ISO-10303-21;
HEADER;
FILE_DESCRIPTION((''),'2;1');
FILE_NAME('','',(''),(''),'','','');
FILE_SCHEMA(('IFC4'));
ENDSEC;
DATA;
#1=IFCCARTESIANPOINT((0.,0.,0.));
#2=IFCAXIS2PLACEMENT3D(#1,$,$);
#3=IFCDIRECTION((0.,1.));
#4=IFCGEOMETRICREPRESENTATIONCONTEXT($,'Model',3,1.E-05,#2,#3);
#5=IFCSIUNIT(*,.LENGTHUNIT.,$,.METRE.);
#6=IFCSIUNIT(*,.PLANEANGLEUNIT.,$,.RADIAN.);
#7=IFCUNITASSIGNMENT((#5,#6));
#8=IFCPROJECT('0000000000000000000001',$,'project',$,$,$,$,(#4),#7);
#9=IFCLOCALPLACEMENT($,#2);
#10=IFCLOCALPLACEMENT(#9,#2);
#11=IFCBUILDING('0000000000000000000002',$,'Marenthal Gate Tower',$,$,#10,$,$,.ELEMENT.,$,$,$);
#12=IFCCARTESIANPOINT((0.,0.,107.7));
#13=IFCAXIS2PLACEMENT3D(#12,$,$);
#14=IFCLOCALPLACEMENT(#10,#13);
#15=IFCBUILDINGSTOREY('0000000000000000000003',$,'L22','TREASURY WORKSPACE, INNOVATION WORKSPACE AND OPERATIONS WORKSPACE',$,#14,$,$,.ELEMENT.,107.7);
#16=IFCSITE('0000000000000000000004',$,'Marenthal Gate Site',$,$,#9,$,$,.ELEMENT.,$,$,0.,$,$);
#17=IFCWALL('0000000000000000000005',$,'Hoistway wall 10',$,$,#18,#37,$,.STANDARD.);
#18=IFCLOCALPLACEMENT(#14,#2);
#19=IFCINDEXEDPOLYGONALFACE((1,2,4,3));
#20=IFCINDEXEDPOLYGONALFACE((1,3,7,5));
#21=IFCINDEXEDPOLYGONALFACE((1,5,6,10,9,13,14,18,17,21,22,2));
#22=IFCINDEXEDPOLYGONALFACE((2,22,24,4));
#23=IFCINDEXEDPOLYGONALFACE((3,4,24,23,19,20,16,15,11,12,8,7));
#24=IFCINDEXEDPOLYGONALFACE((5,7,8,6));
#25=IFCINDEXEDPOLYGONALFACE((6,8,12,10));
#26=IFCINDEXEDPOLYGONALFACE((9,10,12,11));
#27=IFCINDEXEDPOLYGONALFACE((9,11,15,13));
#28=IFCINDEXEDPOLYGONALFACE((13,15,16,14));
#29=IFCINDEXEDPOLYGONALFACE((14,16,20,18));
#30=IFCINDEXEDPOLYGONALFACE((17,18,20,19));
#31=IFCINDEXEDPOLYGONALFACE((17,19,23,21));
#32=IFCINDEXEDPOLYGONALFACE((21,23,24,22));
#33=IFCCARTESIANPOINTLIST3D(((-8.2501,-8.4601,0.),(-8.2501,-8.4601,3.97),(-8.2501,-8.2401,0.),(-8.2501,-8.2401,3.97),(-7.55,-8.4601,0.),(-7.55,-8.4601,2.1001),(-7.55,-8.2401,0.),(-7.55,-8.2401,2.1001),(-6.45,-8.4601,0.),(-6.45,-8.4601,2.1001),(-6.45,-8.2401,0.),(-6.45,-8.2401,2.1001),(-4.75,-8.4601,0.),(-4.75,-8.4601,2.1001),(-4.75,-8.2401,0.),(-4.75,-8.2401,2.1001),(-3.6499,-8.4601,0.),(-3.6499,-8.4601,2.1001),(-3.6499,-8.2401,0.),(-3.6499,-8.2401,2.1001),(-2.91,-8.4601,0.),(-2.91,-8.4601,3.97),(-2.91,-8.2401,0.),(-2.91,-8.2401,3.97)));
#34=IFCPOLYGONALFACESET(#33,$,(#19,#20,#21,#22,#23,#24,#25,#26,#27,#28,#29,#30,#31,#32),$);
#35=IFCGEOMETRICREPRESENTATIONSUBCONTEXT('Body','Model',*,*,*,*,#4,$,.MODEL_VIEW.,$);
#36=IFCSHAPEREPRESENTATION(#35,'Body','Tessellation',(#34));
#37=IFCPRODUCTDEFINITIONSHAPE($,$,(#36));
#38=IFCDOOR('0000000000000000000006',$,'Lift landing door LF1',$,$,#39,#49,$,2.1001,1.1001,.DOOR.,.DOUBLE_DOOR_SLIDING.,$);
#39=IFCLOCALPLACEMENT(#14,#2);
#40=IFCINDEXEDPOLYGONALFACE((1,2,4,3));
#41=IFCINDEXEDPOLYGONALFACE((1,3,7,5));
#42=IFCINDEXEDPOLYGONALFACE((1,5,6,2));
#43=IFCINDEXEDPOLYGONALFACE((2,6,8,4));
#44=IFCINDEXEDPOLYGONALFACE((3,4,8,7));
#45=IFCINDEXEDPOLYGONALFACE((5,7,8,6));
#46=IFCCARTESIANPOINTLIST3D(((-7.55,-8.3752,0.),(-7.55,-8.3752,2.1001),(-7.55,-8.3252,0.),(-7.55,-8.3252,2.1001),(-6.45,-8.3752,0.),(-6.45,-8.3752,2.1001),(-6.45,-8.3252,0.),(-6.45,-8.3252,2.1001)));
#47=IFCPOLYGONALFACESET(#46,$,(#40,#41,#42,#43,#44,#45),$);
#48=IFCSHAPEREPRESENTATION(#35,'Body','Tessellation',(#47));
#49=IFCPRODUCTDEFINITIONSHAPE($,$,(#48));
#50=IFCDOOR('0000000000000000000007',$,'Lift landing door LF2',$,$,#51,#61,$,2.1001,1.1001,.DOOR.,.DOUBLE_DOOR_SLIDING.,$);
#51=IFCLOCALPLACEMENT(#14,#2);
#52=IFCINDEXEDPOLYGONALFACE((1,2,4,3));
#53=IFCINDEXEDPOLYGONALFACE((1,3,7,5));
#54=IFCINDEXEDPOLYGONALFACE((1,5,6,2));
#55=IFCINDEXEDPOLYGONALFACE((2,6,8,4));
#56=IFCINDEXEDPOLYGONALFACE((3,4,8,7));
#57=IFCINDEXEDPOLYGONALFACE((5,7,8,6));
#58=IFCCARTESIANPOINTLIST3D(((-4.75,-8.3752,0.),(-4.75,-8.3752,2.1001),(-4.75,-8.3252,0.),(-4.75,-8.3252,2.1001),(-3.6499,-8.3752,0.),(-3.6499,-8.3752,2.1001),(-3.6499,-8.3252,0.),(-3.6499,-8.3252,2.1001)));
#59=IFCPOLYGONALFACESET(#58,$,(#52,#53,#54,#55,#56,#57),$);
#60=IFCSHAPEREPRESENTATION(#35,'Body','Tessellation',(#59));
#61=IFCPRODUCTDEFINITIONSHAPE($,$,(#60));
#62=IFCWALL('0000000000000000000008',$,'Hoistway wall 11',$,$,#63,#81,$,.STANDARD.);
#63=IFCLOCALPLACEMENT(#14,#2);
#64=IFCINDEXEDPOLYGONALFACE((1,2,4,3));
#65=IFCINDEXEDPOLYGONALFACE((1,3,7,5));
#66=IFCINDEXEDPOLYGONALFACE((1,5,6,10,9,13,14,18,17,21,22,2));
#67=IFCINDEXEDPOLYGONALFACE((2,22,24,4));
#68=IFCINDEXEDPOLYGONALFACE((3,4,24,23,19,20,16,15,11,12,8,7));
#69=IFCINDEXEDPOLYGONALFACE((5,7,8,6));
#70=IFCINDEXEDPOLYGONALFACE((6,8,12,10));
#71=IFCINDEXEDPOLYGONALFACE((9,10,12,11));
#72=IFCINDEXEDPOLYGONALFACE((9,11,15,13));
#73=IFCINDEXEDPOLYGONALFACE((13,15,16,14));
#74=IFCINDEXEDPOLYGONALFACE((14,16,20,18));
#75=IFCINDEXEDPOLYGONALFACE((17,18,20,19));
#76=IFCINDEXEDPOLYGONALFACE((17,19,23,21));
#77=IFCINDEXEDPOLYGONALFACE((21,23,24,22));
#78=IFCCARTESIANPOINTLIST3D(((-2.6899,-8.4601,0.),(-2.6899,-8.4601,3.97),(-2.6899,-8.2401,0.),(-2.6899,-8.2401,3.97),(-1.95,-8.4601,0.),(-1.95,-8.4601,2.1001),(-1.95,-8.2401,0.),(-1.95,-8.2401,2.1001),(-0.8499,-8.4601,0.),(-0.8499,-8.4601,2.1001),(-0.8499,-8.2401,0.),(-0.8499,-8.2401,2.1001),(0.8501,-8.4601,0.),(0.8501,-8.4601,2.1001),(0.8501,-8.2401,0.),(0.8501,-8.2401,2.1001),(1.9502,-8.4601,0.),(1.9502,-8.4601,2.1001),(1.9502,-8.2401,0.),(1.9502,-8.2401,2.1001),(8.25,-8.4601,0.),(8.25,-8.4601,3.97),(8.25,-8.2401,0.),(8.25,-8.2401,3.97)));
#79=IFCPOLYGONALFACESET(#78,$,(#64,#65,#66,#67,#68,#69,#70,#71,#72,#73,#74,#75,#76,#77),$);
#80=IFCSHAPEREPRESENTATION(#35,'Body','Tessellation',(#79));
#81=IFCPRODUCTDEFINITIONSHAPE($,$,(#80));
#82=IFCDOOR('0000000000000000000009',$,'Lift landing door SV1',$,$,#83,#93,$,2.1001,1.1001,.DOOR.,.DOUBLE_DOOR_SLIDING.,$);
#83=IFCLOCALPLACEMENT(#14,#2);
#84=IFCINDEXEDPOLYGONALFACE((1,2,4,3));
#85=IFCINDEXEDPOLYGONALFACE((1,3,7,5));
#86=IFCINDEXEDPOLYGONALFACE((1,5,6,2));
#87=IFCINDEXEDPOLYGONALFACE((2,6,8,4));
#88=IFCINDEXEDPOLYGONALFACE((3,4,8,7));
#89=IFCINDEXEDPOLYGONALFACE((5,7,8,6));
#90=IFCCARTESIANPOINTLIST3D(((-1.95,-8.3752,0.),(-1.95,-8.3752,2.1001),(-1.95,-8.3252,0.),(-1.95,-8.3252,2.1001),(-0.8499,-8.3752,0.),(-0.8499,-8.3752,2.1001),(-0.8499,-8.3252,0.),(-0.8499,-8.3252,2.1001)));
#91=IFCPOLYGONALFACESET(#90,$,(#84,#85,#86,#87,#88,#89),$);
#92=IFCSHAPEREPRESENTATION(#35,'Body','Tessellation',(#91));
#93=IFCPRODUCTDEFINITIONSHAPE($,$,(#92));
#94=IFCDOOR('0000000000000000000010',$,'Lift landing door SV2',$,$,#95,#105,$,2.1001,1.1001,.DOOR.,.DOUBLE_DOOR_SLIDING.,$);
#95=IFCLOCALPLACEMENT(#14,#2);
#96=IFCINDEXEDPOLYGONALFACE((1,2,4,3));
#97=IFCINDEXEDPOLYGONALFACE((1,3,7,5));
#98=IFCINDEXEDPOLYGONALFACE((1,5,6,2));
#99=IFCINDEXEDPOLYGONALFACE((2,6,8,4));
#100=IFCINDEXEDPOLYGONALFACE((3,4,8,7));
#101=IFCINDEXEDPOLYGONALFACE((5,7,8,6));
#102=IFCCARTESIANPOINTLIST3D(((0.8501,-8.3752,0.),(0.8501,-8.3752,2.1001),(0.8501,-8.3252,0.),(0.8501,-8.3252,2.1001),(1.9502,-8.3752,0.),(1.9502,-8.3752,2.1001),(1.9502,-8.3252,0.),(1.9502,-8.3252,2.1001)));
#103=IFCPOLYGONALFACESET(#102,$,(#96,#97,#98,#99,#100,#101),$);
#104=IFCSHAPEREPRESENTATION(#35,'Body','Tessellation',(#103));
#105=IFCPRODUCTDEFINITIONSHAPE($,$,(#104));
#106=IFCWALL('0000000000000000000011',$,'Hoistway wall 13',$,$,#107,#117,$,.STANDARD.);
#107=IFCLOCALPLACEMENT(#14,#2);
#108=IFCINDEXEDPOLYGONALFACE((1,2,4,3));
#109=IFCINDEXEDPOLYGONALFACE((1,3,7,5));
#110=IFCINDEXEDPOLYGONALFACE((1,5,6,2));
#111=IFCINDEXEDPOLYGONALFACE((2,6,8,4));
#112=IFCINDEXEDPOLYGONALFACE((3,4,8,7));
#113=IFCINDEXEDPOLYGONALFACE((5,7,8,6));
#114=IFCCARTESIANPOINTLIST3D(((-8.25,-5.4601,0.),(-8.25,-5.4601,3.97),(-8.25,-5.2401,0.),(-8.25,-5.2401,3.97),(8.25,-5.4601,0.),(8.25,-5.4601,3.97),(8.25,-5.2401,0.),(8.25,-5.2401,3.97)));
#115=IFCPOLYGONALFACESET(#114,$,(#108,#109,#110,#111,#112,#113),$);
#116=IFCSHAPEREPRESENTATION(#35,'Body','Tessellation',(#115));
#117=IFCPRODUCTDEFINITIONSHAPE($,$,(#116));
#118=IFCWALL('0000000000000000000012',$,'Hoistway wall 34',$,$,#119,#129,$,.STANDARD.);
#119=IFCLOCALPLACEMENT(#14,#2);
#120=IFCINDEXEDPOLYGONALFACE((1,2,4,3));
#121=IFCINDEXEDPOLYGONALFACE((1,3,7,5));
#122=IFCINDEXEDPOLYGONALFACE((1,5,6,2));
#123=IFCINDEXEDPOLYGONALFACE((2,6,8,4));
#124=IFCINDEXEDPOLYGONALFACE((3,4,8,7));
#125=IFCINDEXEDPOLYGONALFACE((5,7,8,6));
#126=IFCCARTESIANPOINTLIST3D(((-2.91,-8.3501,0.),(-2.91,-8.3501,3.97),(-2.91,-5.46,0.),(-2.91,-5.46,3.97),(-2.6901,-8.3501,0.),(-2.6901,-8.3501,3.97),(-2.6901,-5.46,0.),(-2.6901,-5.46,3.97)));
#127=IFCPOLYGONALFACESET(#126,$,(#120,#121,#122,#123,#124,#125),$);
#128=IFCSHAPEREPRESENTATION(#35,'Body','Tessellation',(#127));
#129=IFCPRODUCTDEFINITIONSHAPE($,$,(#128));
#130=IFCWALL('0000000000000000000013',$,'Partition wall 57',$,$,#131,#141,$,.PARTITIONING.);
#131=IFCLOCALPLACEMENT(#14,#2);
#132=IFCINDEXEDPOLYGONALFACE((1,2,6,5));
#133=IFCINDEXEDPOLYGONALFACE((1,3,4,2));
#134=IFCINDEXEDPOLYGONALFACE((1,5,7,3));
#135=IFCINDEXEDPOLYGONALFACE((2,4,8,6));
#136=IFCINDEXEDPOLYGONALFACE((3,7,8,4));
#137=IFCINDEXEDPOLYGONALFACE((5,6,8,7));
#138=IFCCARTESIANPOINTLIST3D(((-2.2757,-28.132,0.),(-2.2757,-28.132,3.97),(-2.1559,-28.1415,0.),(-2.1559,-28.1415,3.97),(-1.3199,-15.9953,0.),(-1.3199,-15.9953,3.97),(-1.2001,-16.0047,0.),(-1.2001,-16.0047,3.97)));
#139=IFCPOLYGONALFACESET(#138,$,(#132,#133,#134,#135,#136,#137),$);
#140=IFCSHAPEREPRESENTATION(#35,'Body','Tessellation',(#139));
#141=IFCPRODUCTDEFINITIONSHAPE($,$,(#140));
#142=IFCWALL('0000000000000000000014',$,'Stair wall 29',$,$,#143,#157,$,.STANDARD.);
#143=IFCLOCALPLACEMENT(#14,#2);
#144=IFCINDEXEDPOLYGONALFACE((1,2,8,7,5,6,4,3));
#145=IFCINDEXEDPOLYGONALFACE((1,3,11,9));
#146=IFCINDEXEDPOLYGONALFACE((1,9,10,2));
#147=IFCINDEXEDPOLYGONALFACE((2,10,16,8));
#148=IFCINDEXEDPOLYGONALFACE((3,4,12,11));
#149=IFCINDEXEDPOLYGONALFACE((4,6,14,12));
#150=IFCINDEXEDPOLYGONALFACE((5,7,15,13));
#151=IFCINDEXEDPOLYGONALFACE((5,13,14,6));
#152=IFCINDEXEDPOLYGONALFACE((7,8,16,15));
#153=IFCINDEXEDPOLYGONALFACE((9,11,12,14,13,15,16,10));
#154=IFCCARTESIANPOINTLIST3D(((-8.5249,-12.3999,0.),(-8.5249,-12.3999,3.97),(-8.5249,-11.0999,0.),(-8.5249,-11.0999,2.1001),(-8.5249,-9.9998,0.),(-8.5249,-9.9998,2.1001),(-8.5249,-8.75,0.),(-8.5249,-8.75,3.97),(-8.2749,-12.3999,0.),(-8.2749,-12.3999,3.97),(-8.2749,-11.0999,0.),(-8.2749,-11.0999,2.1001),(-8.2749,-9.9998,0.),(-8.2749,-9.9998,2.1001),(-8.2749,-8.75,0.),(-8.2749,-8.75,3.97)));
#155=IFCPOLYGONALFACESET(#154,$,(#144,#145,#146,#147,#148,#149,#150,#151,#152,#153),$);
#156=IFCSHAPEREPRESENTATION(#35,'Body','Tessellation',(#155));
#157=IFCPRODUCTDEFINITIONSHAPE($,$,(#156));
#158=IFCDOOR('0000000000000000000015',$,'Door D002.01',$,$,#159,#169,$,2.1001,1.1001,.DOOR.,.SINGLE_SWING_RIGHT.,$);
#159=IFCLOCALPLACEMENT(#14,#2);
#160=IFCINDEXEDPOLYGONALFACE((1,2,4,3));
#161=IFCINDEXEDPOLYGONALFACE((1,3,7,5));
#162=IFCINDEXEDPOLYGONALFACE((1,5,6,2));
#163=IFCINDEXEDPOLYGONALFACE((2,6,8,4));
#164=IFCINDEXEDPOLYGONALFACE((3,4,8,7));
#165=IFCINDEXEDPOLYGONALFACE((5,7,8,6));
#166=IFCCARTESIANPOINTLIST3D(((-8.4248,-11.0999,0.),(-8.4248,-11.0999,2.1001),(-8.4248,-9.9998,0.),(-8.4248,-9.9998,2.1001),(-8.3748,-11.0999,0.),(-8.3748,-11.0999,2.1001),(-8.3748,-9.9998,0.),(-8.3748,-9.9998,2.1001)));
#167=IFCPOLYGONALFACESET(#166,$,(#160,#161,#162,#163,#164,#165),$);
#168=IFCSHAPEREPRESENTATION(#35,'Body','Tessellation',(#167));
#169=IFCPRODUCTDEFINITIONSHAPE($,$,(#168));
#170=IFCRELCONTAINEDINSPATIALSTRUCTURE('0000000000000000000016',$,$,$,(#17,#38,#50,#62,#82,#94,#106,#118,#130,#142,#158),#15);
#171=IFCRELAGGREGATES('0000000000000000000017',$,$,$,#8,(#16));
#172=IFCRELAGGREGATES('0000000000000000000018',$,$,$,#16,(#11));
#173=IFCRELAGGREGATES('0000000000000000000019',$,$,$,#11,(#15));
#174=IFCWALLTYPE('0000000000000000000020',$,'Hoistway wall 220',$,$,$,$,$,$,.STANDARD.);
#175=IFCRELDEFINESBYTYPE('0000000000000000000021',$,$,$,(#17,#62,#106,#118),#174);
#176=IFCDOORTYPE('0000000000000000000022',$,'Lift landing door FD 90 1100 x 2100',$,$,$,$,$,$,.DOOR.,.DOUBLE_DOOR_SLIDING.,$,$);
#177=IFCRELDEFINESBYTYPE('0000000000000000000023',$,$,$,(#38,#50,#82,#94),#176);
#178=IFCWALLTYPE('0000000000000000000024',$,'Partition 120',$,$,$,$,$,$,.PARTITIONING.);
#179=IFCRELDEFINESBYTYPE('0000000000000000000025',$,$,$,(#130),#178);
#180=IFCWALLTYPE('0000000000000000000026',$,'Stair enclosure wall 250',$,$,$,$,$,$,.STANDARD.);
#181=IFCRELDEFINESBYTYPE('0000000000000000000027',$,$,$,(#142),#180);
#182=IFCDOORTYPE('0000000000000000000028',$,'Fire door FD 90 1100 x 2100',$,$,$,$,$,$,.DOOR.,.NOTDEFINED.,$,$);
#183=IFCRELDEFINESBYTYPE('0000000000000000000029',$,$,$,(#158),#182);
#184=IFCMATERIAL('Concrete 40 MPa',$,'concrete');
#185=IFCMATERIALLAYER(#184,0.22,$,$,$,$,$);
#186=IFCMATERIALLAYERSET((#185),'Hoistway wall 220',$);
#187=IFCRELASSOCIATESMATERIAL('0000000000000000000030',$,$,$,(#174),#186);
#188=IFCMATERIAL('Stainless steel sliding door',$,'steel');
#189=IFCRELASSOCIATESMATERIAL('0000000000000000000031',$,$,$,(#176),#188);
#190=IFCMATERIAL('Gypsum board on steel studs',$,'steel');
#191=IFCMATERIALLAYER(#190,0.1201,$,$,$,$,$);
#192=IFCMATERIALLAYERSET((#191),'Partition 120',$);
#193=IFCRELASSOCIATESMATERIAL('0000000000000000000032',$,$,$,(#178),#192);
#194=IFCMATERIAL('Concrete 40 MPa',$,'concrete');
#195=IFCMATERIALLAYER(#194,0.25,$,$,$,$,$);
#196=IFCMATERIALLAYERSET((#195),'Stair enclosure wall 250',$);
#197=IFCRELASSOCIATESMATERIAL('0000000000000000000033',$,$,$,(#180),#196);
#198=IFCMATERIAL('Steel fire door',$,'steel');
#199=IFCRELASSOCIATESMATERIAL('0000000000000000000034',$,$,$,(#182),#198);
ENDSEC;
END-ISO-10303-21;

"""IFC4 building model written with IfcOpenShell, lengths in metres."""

from ifc_helpers import new_model, si_unit, direction, frame, frame_2d, origin, place, context, subcontext, project, spatial, rectangle, extrude, material, layer, layer_set, type_object, element, fill, save


model = new_model("IFC4")

# Units and contexts
model_context = context("Model", 3, precision=1e-05, world=origin(), true_north=direction((0.0, 1.0)))
body_context = subcontext(model_context, "Body", "Model", "MODEL_VIEW")
ifc_project = project(units=[si_unit("LENGTHUNIT", "METRE"), si_unit("PLANEANGLEUNIT", "RADIAN")], contexts=[model_context])

# Site, building, storey
site_placement = place(None, origin())
site = spatial("IfcSite", under=ifc_project, at=site_placement, Name="Marenthal Gate Site", CompositionType="ELEMENT", RefElevation=0.0)
building_placement = place(site_placement, origin())
building = spatial("IfcBuilding", under=site, at=building_placement, Name="Marenthal Gate Tower", CompositionType="ELEMENT")
storey_placement = place(building_placement, frame((0.0, 0.0, 107.7)))
storey = spatial("IfcBuildingStorey", under=building, at=storey_placement, Name="L22", Description="TREASURY WORKSPACE, INNOVATION WORKSPACE AND OPERATIONS WORKSPACE", CompositionType="ELEMENT", Elevation=107.7)

# Walls, openings, doors
ifc_material_1 = material(Name="Concrete 40 MPa", Category="concrete")
ifc_layer_1 = layer(ifc_material_1, 0.22)
ifc_layer_set_1 = layer_set([ifc_layer_1], Name="Hoistway wall 220")
wall_type_1 = type_object("IfcWallType", Name="Hoistway wall 220", PredefinedType="STANDARD", material=ifc_layer_set_1)
wall_1_placement = place(storey_placement, frame((-8.25, -8.3501, 0.0), z_axis=(0.0, 0.0, 1.0), x_axis=(1.0, 0.0, 0.0)))
wall_1 = element("IfcWall", 1, at=wall_1_placement, inside=storey, type_object=wall_type_1, Name="Hoistway wall 10", PredefinedType="STANDARD", context=body_context, shape_type="SweptSolid", body=[
    extrude(rectangle(XDim=5.3401, YDim=0.22, at=frame_2d((2.6699, 0.0))), origin(), (0.0, 0.0, 1.0), 3.97),
])
opening_1_placement = place(wall_1_placement, frame((0.7, 0.0, 0.0)))
opening_1 = element("IfcOpeningElement", 2, at=opening_1_placement, cuts=wall_1, PredefinedType="OPENING", context=body_context, shape_type="SweptSolid", body=[
    extrude(rectangle(XDim=1.1001, YDim=2.1001, at=frame_2d((0.55, 1.05))), frame((0.0, 0.1201, 0.0), z_axis=(0.0, -1.0, 0.0), x_axis=(1.0, 0.0, 0.0)), (0.0, 0.0, 1.0), 0.24),
])
opening_2_placement = place(wall_1_placement, frame((3.5, 0.0, 0.0)))
opening_2 = element("IfcOpeningElement", 3, at=opening_2_placement, cuts=wall_1, PredefinedType="OPENING", context=body_context, shape_type="SweptSolid", body=[
    extrude(rectangle(XDim=1.1001, YDim=2.1001, at=frame_2d((0.55, 1.05))), frame((0.0, 0.1201, 0.0), z_axis=(0.0, -1.0, 0.0), x_axis=(1.0, 0.0, 0.0)), (0.0, 0.0, 1.0), 0.24),
])
ifc_material_2 = material(Name="Stainless steel sliding door", Category="steel")
door_type_1 = type_object("IfcDoorType", Name="Lift landing door FD 90 1100 x 2100", OperationType="DOUBLE_DOOR_SLIDING", PredefinedType="DOOR", material=ifc_material_2)
door_1_placement = place(opening_1_placement, origin())
door_1 = element("IfcDoor", 4, at=door_1_placement, inside=storey, type_object=door_type_1, Name="Lift landing door LF1", OperationType="DOUBLE_DOOR_SLIDING", OverallHeight=2.1001, OverallWidth=1.1001, PredefinedType="DOOR", context=body_context, shape_type="SweptSolid", body=[
    extrude(rectangle(XDim=1.1001, YDim=2.1001, at=frame_2d((0.55, 1.05))), frame((0.0, 0.0249, 0.0), z_axis=(0.0, -1.0, 0.0), x_axis=(1.0, 0.0, 0.0)), (0.0, 0.0, 1.0), 0.05),
])
fill(opening_1, door_1)
door_2_placement = place(opening_2_placement, origin())
door_2 = element("IfcDoor", 5, at=door_2_placement, inside=storey, type_object=door_type_1, Name="Lift landing door LF2", OperationType="DOUBLE_DOOR_SLIDING", OverallHeight=2.1001, OverallWidth=1.1001, PredefinedType="DOOR", context=body_context, shape_type="SweptSolid", body=[
    extrude(rectangle(XDim=1.1001, YDim=2.1001, at=frame_2d((0.55, 1.05))), frame((0.0, 0.0249, 0.0), z_axis=(0.0, -1.0, 0.0), x_axis=(1.0, 0.0, 0.0)), (0.0, 0.0, 1.0), 0.05),
])
fill(opening_2, door_2)
wall_2_placement = place(storey_placement, frame((-2.6899, -8.3501, 0.0), z_axis=(0.0, 0.0, 1.0), x_axis=(1.0, 0.0, 0.0)))
wall_2 = element("IfcWall", 6, at=wall_2_placement, inside=storey, type_object=wall_type_1, Name="Hoistway wall 11", PredefinedType="STANDARD", context=body_context, shape_type="SweptSolid", body=[
    extrude(rectangle(XDim=10.9399, YDim=0.22, at=frame_2d((5.47, 0.0))), origin(), (0.0, 0.0, 1.0), 3.97),
])
opening_3_placement = place(wall_2_placement, frame((0.74, 0.0, 0.0)))
opening_3 = element("IfcOpeningElement", 7, at=opening_3_placement, cuts=wall_2, PredefinedType="OPENING", context=body_context, shape_type="SweptSolid", body=[
    extrude(rectangle(XDim=1.1001, YDim=2.1001, at=frame_2d((0.55, 1.05))), frame((0.0, 0.1201, 0.0), z_axis=(0.0, -1.0, 0.0), x_axis=(1.0, 0.0, 0.0)), (0.0, 0.0, 1.0), 0.24),
])
opening_4_placement = place(wall_2_placement, frame((3.54, 0.0, 0.0)))
opening_4 = element("IfcOpeningElement", 8, at=opening_4_placement, cuts=wall_2, PredefinedType="OPENING", context=body_context, shape_type="SweptSolid", body=[
    extrude(rectangle(XDim=1.1001, YDim=2.1001, at=frame_2d((0.55, 1.05))), frame((0.0, 0.1201, 0.0), z_axis=(0.0, -1.0, 0.0), x_axis=(1.0, 0.0, 0.0)), (0.0, 0.0, 1.0), 0.24),
])
door_3_placement = place(opening_3_placement, origin())
door_3 = element("IfcDoor", 9, at=door_3_placement, inside=storey, type_object=door_type_1, Name="Lift landing door SV1", OperationType="DOUBLE_DOOR_SLIDING", OverallHeight=2.1001, OverallWidth=1.1001, PredefinedType="DOOR", context=body_context, shape_type="SweptSolid", body=[
    extrude(rectangle(XDim=1.1001, YDim=2.1001, at=frame_2d((0.55, 1.05))), frame((0.0, 0.0249, 0.0), z_axis=(0.0, -1.0, 0.0), x_axis=(1.0, 0.0, 0.0)), (0.0, 0.0, 1.0), 0.05),
])
fill(opening_3, door_3)
door_4_placement = place(opening_4_placement, origin())
door_4 = element("IfcDoor", 10, at=door_4_placement, inside=storey, type_object=door_type_1, Name="Lift landing door SV2", OperationType="DOUBLE_DOOR_SLIDING", OverallHeight=2.1001, OverallWidth=1.1001, PredefinedType="DOOR", context=body_context, shape_type="SweptSolid", body=[
    extrude(rectangle(XDim=1.1001, YDim=2.1001, at=frame_2d((0.55, 1.05))), frame((0.0, 0.0249, 0.0), z_axis=(0.0, -1.0, 0.0), x_axis=(1.0, 0.0, 0.0)), (0.0, 0.0, 1.0), 0.05),
])
fill(opening_4, door_4)

# Walls
wall_3_placement = place(storey_placement, frame((-8.25, -5.3501, 0.0), z_axis=(0.0, 0.0, 1.0), x_axis=(1.0, 0.0, 0.0)))
element("IfcWall", 11, at=wall_3_placement, inside=storey, type_object=wall_type_1, Name="Hoistway wall 13", PredefinedType="STANDARD", context=body_context, shape_type="SweptSolid", body=[
    extrude(rectangle(XDim=16.5, YDim=0.22, at=frame_2d((8.25, 0.0))), origin(), (0.0, 0.0, 1.0), 3.97),
])
wall_4_placement = place(storey_placement, frame((-2.8, -8.3501, 0.0), z_axis=(0.0, 0.0, 1.0), x_axis=(0.0, 1.0, 0.0)))
element("IfcWall", 12, at=wall_4_placement, inside=storey, type_object=wall_type_1, Name="Hoistway wall 34", PredefinedType="STANDARD", context=body_context, shape_type="SweptSolid", body=[
    extrude(rectangle(XDim=2.8901, YDim=0.22, at=frame_2d((1.4451, 0.0))), origin(), (0.0, 0.0, 1.0), 3.97),
])
ifc_material_3 = material(Name="Gypsum board on steel studs", Category="steel")
ifc_layer_2 = layer(ifc_material_3, 0.1201)
ifc_layer_set_2 = layer_set([ifc_layer_2], Name="Partition 120")
wall_type_2 = type_object("IfcWallType", Name="Partition 120", PredefinedType="PARTITIONING", material=ifc_layer_set_2)
wall_5_placement = place(storey_placement, frame((-1.26, -16.0, 0.0), z_axis=(0.0, 0.0, 1.0), x_axis=(-0.078511, -0.996913, 0.0)))
element("IfcWall", 13, at=wall_5_placement, inside=storey, type_object=wall_type_2, Name="Partition wall 57", PredefinedType="PARTITIONING", context=body_context, shape_type="SweptSolid", body=[
    extrude(rectangle(XDim=12.1743, YDim=0.1201, at=frame_2d((6.0872, 0.0))), origin(), (0.0, 0.0, 1.0), 3.97),
])

# Wall, opening, door
ifc_material_4 = material(Name="Concrete 40 MPa", Category="concrete")
ifc_layer_3 = layer(ifc_material_4, 0.25)
ifc_layer_set_3 = layer_set([ifc_layer_3], Name="Stair enclosure wall 250")
wall_type_3 = type_object("IfcWallType", Name="Stair enclosure wall 250", PredefinedType="STANDARD", material=ifc_layer_set_3)
wall_6_placement = place(storey_placement, frame((-8.3999, -12.3999, 0.0), z_axis=(0.0, 0.0, 1.0), x_axis=(0.0, 1.0, 0.0)))
wall_6 = element("IfcWall", 14, at=wall_6_placement, inside=storey, type_object=wall_type_3, Name="Stair wall 29", PredefinedType="STANDARD", context=body_context, shape_type="SweptSolid", body=[
    extrude(rectangle(XDim=3.6499, YDim=0.25, at=frame_2d((1.825, 0.0))), origin(), (0.0, 0.0, 1.0), 3.97),
])
opening_5_placement = place(wall_6_placement, frame((1.3, 0.0, 0.0)))
opening_5 = element("IfcOpeningElement", 15, at=opening_5_placement, cuts=wall_6, PredefinedType="OPENING", context=body_context, shape_type="SweptSolid", body=[
    extrude(rectangle(XDim=1.1001, YDim=2.1001, at=frame_2d((0.55, 1.05))), frame((0.0, 0.135, 0.0), z_axis=(0.0, -1.0, 0.0), x_axis=(1.0, 0.0, 0.0)), (0.0, 0.0, 1.0), 0.27),
])
ifc_material_5 = material(Name="Steel fire door", Category="steel")
door_type_2 = type_object("IfcDoorType", Name="Fire door FD 90 1100 x 2100", OperationType="NOTDEFINED", PredefinedType="DOOR", material=ifc_material_5)
door_5_placement = place(opening_5_placement, origin())
door_5 = element("IfcDoor", 16, at=door_5_placement, inside=storey, type_object=door_type_2, Name="Door D002.01", OperationType="SINGLE_SWING_RIGHT", OverallHeight=2.1001, OverallWidth=1.1001, PredefinedType="DOOR", context=body_context, shape_type="SweptSolid", body=[
    extrude(rectangle(XDim=1.1001, YDim=2.1001, at=frame_2d((0.55, 1.05))), frame((0.0, 0.0249, 0.0), z_axis=(0.0, -1.0, 0.0), x_axis=(1.0, 0.0, 0.0)), (0.0, 0.0, 1.0), 0.05),
])
fill(opening_5, door_5)

save(model, "model.ifc")
